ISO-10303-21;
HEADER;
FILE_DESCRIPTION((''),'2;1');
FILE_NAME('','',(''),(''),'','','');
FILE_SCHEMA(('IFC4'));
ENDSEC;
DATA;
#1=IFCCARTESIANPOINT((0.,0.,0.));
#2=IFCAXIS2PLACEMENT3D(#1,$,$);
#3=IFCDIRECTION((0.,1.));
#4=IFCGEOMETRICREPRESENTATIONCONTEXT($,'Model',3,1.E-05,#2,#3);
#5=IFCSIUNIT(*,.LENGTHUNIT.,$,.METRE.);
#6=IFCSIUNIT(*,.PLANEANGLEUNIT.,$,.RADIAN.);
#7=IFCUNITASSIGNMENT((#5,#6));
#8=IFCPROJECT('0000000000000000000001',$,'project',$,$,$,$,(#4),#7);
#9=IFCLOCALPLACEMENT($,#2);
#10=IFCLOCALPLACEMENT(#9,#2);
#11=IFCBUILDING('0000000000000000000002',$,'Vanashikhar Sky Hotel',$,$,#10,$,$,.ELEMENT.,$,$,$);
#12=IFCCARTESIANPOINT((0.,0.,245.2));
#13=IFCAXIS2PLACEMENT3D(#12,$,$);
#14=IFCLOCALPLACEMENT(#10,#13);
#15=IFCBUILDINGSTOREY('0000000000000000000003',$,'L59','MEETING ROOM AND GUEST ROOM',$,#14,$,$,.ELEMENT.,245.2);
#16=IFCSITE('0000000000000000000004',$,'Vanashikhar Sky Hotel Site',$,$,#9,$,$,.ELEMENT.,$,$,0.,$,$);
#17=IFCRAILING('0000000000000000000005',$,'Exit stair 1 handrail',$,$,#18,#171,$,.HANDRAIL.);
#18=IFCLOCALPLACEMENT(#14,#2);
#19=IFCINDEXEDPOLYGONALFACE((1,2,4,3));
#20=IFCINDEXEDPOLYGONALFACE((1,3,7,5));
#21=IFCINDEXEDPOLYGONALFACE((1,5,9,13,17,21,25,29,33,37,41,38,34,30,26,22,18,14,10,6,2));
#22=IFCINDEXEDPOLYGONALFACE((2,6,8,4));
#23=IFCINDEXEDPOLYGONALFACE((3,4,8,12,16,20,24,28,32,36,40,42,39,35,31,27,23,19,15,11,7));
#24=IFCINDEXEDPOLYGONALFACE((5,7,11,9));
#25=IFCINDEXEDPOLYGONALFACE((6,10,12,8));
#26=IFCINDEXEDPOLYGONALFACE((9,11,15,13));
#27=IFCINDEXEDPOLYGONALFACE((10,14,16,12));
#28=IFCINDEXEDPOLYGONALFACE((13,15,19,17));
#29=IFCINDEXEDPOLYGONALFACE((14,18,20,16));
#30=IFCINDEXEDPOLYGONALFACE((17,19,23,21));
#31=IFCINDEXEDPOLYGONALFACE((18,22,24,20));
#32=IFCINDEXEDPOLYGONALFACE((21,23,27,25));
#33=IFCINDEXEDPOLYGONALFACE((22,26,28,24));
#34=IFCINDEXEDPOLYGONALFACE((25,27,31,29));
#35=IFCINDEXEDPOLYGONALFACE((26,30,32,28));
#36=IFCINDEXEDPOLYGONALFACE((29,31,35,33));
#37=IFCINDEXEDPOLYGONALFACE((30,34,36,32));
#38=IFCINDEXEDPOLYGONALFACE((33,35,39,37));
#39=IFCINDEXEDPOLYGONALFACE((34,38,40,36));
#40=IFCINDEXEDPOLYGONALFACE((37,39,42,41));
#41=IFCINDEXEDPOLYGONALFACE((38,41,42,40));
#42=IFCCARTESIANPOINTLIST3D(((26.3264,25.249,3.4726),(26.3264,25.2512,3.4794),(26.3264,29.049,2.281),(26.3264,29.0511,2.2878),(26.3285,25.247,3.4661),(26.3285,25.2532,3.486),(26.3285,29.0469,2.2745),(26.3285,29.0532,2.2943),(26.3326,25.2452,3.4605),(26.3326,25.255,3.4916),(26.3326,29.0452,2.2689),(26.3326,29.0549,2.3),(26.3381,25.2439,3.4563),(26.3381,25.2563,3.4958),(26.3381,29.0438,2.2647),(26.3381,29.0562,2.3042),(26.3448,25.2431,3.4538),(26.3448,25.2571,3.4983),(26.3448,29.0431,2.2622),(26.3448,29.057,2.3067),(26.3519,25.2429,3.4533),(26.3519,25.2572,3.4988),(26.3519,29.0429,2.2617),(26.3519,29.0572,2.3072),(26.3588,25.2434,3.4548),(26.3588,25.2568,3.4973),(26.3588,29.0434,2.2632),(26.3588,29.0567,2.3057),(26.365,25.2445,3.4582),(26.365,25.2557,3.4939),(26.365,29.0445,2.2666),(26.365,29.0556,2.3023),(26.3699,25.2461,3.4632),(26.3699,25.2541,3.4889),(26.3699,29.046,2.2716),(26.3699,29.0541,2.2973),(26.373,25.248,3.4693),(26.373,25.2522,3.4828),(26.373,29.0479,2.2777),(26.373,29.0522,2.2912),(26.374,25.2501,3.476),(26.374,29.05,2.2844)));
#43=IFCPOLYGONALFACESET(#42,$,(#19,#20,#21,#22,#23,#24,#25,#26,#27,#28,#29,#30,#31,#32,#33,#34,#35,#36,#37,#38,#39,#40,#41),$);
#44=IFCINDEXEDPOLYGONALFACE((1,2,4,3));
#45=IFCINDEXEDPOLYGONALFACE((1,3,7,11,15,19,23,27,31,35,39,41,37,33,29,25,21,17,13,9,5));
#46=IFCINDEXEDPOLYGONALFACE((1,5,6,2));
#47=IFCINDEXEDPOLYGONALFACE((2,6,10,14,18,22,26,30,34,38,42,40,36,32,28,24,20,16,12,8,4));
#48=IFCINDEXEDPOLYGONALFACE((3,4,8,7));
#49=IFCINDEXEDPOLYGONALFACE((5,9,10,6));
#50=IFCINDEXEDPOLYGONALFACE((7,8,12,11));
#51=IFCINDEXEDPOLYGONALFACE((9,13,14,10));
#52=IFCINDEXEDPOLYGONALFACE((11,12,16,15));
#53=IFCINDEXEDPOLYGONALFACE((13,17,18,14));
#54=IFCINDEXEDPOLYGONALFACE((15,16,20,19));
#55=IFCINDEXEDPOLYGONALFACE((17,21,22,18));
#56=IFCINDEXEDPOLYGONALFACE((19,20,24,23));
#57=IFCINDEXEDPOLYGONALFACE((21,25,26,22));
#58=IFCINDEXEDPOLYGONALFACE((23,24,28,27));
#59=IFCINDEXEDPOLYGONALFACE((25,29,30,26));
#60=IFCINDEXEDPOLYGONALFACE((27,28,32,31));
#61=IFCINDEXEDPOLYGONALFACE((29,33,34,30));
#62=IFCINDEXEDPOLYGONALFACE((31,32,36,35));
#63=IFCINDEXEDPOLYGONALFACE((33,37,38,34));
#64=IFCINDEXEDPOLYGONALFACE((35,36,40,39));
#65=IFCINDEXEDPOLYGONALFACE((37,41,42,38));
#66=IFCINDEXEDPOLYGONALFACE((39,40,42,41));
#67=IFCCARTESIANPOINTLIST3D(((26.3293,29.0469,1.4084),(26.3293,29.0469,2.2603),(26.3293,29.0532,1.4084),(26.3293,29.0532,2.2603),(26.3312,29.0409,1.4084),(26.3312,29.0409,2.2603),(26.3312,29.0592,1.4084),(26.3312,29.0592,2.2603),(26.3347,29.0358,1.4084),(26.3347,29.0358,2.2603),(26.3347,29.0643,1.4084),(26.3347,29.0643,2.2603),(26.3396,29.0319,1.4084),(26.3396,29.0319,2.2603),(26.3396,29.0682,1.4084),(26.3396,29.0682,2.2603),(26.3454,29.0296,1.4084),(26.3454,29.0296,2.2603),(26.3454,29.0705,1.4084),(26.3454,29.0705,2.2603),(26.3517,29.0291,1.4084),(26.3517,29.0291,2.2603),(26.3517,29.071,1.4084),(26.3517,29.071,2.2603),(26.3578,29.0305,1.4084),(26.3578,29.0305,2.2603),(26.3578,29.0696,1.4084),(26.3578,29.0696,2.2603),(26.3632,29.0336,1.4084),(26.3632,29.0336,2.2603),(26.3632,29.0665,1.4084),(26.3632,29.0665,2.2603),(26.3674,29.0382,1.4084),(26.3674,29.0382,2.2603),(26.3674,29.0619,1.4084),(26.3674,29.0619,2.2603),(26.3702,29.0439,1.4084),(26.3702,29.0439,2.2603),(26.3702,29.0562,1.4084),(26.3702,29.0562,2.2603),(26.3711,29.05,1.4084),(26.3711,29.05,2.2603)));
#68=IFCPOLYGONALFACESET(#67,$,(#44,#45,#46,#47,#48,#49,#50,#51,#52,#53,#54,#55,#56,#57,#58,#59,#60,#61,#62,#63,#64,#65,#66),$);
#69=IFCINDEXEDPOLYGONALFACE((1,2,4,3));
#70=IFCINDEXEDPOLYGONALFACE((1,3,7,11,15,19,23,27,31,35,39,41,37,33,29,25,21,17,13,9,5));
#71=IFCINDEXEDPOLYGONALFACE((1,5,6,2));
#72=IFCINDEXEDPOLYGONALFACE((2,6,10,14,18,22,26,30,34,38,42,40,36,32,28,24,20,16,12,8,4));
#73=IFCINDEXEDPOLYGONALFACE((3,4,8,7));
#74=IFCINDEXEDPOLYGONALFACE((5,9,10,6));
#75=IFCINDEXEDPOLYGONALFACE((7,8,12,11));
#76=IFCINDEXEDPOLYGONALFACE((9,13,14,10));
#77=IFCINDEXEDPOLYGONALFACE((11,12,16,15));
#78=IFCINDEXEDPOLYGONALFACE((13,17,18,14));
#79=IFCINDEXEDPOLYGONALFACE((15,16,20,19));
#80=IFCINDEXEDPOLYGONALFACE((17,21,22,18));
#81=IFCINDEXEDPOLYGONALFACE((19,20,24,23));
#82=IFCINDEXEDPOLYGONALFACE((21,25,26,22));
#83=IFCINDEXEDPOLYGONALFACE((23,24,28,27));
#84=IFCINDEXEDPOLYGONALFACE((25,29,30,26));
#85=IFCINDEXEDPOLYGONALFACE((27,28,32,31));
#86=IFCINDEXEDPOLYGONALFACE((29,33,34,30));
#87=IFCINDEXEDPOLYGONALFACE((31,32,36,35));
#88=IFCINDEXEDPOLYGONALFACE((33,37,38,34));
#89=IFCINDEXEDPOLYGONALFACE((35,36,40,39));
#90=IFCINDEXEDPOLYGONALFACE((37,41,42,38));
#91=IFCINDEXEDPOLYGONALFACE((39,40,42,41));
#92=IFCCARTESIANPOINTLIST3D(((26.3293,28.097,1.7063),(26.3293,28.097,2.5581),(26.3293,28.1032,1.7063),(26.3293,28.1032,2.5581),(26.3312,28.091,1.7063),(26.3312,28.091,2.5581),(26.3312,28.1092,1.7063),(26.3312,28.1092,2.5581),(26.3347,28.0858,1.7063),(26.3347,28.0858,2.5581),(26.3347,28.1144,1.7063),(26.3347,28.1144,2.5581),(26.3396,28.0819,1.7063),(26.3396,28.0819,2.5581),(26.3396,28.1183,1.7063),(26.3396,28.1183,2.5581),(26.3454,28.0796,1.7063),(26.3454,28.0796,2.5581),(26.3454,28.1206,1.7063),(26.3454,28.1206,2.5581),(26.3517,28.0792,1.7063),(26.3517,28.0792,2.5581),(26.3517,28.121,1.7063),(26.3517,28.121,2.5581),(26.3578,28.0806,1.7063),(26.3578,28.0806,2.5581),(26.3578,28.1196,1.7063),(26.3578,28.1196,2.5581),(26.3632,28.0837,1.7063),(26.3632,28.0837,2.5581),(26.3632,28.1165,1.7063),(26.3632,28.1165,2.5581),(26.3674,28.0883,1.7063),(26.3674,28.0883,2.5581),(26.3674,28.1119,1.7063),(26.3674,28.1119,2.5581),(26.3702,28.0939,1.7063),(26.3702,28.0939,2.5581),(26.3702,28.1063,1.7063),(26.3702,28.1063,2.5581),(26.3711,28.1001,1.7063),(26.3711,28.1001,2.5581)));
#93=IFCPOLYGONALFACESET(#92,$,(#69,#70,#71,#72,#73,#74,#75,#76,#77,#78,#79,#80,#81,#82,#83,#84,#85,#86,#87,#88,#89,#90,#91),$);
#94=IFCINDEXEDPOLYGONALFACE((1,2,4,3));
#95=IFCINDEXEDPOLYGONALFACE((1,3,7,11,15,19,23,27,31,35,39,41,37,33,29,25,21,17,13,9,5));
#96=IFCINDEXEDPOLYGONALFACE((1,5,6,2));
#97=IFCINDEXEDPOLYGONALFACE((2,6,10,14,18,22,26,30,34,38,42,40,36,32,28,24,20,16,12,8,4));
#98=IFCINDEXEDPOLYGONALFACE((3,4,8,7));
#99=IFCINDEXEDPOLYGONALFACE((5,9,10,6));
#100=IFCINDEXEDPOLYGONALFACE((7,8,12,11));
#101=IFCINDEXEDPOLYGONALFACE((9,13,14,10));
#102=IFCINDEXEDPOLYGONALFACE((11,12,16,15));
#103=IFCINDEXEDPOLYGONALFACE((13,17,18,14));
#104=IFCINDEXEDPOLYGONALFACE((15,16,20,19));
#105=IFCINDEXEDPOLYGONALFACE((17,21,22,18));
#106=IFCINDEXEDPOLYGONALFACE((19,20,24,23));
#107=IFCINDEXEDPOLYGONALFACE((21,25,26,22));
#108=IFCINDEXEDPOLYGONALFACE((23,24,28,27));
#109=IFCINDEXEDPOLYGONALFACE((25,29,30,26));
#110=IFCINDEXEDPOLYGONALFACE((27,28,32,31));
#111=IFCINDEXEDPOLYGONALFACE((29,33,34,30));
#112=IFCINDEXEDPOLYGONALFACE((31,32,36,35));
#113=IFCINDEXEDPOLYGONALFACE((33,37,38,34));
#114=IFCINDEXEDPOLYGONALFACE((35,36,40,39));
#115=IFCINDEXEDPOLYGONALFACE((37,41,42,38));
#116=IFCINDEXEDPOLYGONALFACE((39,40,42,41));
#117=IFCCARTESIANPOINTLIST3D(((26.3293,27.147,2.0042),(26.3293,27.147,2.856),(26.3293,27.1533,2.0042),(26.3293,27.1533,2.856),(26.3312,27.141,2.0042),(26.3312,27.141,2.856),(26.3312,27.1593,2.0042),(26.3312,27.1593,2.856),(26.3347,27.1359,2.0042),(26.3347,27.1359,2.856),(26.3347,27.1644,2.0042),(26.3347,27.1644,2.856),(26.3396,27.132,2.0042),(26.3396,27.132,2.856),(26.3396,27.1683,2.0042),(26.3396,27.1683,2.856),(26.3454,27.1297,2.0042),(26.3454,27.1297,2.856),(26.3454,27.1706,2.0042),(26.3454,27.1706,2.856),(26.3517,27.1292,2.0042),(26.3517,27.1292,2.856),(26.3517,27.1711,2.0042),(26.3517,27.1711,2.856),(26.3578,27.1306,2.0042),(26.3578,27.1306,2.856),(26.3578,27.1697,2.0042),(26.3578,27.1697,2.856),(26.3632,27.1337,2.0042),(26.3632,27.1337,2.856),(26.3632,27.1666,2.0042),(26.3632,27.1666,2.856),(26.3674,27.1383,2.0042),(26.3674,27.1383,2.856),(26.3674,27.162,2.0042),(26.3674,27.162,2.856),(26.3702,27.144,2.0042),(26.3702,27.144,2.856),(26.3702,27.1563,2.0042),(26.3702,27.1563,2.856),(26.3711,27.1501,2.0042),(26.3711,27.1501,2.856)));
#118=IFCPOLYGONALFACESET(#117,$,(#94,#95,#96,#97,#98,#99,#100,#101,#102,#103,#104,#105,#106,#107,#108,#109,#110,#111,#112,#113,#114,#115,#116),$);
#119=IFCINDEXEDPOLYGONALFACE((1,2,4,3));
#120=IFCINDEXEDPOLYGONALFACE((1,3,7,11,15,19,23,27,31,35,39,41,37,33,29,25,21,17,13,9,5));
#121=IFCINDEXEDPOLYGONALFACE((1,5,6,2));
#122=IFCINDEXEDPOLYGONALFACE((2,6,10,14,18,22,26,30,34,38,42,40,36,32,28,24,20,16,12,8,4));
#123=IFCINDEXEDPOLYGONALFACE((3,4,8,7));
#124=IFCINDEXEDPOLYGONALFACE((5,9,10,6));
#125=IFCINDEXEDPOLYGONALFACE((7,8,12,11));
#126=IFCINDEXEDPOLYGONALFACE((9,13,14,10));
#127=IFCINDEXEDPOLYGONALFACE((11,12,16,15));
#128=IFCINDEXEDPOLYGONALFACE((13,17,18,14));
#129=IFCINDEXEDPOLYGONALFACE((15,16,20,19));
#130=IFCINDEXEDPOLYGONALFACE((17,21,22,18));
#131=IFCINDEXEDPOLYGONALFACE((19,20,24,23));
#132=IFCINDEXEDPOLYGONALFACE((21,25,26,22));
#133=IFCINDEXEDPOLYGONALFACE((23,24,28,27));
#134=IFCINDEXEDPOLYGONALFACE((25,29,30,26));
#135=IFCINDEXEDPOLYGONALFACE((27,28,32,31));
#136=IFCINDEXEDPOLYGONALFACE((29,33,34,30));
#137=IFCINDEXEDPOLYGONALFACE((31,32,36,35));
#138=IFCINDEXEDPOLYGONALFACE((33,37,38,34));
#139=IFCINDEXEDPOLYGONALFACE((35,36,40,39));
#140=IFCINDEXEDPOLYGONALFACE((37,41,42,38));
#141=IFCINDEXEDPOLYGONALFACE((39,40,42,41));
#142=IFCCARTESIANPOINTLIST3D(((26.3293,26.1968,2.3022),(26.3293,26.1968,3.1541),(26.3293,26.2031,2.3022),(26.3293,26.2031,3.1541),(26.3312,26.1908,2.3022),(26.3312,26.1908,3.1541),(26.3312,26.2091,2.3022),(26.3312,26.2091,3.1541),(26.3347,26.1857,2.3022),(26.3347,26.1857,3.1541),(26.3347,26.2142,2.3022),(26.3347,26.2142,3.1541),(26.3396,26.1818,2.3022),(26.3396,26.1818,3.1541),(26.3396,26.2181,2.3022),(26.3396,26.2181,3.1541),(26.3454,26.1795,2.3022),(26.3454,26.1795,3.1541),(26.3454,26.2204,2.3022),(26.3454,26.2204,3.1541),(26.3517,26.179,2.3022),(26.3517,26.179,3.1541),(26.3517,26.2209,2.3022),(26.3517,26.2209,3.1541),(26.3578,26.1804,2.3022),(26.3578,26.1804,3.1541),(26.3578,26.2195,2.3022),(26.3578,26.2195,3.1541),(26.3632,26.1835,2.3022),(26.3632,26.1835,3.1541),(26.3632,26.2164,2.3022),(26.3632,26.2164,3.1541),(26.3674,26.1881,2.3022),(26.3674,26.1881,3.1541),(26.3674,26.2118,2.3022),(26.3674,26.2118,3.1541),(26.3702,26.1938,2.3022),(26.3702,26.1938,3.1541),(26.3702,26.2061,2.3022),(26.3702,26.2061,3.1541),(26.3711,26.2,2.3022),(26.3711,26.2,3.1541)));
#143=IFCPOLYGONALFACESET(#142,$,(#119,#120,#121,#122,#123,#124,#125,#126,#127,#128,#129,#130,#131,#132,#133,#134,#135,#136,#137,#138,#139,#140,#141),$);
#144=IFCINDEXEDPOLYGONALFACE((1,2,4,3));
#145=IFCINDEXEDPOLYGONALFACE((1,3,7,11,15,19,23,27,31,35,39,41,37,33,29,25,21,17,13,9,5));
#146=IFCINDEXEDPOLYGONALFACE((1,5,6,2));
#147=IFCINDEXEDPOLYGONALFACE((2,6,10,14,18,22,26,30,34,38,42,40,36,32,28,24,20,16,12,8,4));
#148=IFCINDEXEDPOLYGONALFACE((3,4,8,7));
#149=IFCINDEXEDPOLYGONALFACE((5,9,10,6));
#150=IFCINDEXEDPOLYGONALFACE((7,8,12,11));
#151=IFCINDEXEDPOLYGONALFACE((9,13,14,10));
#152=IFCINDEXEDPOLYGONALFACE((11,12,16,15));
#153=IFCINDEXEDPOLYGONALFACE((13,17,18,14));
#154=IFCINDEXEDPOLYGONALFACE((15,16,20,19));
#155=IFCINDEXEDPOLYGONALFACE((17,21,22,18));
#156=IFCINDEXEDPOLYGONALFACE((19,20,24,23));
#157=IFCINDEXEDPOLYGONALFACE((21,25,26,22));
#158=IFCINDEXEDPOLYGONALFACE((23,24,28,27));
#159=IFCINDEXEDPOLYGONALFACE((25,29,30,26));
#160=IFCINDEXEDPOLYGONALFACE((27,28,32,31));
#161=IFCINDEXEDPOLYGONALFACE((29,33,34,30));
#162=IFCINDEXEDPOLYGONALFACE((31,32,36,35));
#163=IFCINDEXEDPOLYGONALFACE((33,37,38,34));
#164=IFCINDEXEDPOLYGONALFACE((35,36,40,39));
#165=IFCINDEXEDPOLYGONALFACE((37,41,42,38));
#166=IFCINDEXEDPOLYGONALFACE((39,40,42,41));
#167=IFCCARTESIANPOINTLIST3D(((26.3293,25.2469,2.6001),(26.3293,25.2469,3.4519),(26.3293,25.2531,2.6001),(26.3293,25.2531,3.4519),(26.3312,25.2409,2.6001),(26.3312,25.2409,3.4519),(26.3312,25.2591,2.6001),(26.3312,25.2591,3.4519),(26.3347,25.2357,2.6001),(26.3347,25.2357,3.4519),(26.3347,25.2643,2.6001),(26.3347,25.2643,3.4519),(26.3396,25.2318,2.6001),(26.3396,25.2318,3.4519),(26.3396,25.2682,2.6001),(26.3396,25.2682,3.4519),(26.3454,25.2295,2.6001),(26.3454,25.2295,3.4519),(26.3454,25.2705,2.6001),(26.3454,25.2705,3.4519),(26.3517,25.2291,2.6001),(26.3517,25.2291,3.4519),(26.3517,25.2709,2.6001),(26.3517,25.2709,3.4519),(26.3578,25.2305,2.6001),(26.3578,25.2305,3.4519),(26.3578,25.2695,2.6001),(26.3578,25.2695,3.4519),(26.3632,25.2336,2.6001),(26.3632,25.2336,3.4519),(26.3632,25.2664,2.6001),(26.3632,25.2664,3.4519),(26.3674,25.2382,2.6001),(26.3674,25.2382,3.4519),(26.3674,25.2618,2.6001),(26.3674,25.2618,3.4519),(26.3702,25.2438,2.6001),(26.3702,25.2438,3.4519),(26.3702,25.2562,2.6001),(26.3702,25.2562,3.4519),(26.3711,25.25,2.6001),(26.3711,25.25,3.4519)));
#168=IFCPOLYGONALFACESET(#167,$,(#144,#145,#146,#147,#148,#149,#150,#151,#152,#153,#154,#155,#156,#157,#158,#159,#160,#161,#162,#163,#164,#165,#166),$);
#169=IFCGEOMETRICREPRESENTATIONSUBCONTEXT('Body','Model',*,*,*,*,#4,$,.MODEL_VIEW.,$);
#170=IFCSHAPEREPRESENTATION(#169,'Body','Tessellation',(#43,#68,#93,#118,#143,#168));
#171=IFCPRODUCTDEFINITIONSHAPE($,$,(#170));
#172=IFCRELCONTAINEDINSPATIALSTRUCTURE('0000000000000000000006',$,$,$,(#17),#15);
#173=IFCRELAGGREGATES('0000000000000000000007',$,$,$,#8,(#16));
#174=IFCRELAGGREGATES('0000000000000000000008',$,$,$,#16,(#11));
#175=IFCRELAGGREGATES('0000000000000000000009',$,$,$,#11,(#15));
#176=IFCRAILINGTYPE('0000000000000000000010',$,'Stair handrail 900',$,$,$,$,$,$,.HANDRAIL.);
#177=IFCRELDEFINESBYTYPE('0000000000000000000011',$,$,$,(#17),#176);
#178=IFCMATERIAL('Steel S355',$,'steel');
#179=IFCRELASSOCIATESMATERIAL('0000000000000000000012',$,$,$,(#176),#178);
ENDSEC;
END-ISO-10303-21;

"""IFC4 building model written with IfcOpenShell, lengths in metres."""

from ifc_helpers import new_model, si_unit, direction, frame, origin, origin_2d, place, context, subcontext, project, spatial, circle, extrude, source, transform, mapped, material, type_object, element, save


model = new_model("IFC4")

# Units and contexts
model_context = context("Model", 3, precision=1e-05, world=origin(), true_north=direction((0.0, 1.0)))
body_context = subcontext(model_context, "Body", "Model", "MODEL_VIEW")
ifc_project = project(units=[si_unit("LENGTHUNIT", "METRE"), si_unit("PLANEANGLEUNIT", "RADIAN")], contexts=[model_context])

# Site, building, storey
site_placement = place(None, origin())
site = spatial("IfcSite", under=ifc_project, at=site_placement, Name="Vanashikhar Sky Hotel Site", CompositionType="ELEMENT", RefElevation=0.0)
building_placement = place(site_placement, origin())
building = spatial("IfcBuilding", under=site, at=building_placement, Name="Vanashikhar Sky Hotel", CompositionType="ELEMENT")
storey_placement = place(building_placement, frame((0.0, 0.0, 245.2)))
storey = spatial("IfcBuildingStorey", under=building, at=storey_placement, Name="L59", Description="MEETING ROOM AND GUEST ROOM", CompositionType="ELEMENT", Elevation=245.2)

# Railing
ifc_material_1 = material(Name="Steel S355", Category="steel")
railing_type_1 = type_object("IfcRailingType", Name="Stair handrail 900", PredefinedType="HANDRAIL", material=ifc_material_1)
shared_shape_1 = source(origin(), body_context, "Body", "SweptSolid", [
    extrude(circle(Radius=0.0239, at=origin_2d()), frame((0.0, 0.0, 0.876), z_axis=(0.0, -0.954184, 0.299221), x_axis=(1.0, 0.0, 0.0)), (0.0, 0.0, 1.0), 3.9824),
    extrude(circle(Radius=0.021, at=origin_2d()), origin(), (0.0, 0.0, 1.0), 0.8518),
    extrude(circle(Radius=0.021, at=origin_2d()), frame((0.0, -0.95, 0.2979)), (0.0, 0.0, 1.0), 0.8518),
    extrude(circle(Radius=0.021, at=origin_2d()), frame((0.0, -1.8999, 0.5957)), (0.0, 0.0, 1.0), 0.8518),
    extrude(circle(Radius=0.021, at=origin_2d()), frame((0.0, -2.8501, 0.8938)), (0.0, 0.0, 1.0), 0.8518),
    extrude(circle(Radius=0.021, at=origin_2d()), frame((0.0, -3.8, 1.1917)), (0.0, 0.0, 1.0), 0.8518),
])
for number, where, name in (
    (1, (26.3501, 29.05, 1.4084), "Exit stair 1 handrail"),
):
    element("IfcRailing", number, at=place(storey_placement, frame(where)), inside=storey, type_object=railing_type_1, Name=name, PredefinedType="HANDRAIL", context=body_context, shape_type="MappedRepresentation", body=[
        mapped(shared_shape_1, transform((0.0, 0.0, 0.0), scale=1.0)),
    ])

save(model, "model.ifc")
